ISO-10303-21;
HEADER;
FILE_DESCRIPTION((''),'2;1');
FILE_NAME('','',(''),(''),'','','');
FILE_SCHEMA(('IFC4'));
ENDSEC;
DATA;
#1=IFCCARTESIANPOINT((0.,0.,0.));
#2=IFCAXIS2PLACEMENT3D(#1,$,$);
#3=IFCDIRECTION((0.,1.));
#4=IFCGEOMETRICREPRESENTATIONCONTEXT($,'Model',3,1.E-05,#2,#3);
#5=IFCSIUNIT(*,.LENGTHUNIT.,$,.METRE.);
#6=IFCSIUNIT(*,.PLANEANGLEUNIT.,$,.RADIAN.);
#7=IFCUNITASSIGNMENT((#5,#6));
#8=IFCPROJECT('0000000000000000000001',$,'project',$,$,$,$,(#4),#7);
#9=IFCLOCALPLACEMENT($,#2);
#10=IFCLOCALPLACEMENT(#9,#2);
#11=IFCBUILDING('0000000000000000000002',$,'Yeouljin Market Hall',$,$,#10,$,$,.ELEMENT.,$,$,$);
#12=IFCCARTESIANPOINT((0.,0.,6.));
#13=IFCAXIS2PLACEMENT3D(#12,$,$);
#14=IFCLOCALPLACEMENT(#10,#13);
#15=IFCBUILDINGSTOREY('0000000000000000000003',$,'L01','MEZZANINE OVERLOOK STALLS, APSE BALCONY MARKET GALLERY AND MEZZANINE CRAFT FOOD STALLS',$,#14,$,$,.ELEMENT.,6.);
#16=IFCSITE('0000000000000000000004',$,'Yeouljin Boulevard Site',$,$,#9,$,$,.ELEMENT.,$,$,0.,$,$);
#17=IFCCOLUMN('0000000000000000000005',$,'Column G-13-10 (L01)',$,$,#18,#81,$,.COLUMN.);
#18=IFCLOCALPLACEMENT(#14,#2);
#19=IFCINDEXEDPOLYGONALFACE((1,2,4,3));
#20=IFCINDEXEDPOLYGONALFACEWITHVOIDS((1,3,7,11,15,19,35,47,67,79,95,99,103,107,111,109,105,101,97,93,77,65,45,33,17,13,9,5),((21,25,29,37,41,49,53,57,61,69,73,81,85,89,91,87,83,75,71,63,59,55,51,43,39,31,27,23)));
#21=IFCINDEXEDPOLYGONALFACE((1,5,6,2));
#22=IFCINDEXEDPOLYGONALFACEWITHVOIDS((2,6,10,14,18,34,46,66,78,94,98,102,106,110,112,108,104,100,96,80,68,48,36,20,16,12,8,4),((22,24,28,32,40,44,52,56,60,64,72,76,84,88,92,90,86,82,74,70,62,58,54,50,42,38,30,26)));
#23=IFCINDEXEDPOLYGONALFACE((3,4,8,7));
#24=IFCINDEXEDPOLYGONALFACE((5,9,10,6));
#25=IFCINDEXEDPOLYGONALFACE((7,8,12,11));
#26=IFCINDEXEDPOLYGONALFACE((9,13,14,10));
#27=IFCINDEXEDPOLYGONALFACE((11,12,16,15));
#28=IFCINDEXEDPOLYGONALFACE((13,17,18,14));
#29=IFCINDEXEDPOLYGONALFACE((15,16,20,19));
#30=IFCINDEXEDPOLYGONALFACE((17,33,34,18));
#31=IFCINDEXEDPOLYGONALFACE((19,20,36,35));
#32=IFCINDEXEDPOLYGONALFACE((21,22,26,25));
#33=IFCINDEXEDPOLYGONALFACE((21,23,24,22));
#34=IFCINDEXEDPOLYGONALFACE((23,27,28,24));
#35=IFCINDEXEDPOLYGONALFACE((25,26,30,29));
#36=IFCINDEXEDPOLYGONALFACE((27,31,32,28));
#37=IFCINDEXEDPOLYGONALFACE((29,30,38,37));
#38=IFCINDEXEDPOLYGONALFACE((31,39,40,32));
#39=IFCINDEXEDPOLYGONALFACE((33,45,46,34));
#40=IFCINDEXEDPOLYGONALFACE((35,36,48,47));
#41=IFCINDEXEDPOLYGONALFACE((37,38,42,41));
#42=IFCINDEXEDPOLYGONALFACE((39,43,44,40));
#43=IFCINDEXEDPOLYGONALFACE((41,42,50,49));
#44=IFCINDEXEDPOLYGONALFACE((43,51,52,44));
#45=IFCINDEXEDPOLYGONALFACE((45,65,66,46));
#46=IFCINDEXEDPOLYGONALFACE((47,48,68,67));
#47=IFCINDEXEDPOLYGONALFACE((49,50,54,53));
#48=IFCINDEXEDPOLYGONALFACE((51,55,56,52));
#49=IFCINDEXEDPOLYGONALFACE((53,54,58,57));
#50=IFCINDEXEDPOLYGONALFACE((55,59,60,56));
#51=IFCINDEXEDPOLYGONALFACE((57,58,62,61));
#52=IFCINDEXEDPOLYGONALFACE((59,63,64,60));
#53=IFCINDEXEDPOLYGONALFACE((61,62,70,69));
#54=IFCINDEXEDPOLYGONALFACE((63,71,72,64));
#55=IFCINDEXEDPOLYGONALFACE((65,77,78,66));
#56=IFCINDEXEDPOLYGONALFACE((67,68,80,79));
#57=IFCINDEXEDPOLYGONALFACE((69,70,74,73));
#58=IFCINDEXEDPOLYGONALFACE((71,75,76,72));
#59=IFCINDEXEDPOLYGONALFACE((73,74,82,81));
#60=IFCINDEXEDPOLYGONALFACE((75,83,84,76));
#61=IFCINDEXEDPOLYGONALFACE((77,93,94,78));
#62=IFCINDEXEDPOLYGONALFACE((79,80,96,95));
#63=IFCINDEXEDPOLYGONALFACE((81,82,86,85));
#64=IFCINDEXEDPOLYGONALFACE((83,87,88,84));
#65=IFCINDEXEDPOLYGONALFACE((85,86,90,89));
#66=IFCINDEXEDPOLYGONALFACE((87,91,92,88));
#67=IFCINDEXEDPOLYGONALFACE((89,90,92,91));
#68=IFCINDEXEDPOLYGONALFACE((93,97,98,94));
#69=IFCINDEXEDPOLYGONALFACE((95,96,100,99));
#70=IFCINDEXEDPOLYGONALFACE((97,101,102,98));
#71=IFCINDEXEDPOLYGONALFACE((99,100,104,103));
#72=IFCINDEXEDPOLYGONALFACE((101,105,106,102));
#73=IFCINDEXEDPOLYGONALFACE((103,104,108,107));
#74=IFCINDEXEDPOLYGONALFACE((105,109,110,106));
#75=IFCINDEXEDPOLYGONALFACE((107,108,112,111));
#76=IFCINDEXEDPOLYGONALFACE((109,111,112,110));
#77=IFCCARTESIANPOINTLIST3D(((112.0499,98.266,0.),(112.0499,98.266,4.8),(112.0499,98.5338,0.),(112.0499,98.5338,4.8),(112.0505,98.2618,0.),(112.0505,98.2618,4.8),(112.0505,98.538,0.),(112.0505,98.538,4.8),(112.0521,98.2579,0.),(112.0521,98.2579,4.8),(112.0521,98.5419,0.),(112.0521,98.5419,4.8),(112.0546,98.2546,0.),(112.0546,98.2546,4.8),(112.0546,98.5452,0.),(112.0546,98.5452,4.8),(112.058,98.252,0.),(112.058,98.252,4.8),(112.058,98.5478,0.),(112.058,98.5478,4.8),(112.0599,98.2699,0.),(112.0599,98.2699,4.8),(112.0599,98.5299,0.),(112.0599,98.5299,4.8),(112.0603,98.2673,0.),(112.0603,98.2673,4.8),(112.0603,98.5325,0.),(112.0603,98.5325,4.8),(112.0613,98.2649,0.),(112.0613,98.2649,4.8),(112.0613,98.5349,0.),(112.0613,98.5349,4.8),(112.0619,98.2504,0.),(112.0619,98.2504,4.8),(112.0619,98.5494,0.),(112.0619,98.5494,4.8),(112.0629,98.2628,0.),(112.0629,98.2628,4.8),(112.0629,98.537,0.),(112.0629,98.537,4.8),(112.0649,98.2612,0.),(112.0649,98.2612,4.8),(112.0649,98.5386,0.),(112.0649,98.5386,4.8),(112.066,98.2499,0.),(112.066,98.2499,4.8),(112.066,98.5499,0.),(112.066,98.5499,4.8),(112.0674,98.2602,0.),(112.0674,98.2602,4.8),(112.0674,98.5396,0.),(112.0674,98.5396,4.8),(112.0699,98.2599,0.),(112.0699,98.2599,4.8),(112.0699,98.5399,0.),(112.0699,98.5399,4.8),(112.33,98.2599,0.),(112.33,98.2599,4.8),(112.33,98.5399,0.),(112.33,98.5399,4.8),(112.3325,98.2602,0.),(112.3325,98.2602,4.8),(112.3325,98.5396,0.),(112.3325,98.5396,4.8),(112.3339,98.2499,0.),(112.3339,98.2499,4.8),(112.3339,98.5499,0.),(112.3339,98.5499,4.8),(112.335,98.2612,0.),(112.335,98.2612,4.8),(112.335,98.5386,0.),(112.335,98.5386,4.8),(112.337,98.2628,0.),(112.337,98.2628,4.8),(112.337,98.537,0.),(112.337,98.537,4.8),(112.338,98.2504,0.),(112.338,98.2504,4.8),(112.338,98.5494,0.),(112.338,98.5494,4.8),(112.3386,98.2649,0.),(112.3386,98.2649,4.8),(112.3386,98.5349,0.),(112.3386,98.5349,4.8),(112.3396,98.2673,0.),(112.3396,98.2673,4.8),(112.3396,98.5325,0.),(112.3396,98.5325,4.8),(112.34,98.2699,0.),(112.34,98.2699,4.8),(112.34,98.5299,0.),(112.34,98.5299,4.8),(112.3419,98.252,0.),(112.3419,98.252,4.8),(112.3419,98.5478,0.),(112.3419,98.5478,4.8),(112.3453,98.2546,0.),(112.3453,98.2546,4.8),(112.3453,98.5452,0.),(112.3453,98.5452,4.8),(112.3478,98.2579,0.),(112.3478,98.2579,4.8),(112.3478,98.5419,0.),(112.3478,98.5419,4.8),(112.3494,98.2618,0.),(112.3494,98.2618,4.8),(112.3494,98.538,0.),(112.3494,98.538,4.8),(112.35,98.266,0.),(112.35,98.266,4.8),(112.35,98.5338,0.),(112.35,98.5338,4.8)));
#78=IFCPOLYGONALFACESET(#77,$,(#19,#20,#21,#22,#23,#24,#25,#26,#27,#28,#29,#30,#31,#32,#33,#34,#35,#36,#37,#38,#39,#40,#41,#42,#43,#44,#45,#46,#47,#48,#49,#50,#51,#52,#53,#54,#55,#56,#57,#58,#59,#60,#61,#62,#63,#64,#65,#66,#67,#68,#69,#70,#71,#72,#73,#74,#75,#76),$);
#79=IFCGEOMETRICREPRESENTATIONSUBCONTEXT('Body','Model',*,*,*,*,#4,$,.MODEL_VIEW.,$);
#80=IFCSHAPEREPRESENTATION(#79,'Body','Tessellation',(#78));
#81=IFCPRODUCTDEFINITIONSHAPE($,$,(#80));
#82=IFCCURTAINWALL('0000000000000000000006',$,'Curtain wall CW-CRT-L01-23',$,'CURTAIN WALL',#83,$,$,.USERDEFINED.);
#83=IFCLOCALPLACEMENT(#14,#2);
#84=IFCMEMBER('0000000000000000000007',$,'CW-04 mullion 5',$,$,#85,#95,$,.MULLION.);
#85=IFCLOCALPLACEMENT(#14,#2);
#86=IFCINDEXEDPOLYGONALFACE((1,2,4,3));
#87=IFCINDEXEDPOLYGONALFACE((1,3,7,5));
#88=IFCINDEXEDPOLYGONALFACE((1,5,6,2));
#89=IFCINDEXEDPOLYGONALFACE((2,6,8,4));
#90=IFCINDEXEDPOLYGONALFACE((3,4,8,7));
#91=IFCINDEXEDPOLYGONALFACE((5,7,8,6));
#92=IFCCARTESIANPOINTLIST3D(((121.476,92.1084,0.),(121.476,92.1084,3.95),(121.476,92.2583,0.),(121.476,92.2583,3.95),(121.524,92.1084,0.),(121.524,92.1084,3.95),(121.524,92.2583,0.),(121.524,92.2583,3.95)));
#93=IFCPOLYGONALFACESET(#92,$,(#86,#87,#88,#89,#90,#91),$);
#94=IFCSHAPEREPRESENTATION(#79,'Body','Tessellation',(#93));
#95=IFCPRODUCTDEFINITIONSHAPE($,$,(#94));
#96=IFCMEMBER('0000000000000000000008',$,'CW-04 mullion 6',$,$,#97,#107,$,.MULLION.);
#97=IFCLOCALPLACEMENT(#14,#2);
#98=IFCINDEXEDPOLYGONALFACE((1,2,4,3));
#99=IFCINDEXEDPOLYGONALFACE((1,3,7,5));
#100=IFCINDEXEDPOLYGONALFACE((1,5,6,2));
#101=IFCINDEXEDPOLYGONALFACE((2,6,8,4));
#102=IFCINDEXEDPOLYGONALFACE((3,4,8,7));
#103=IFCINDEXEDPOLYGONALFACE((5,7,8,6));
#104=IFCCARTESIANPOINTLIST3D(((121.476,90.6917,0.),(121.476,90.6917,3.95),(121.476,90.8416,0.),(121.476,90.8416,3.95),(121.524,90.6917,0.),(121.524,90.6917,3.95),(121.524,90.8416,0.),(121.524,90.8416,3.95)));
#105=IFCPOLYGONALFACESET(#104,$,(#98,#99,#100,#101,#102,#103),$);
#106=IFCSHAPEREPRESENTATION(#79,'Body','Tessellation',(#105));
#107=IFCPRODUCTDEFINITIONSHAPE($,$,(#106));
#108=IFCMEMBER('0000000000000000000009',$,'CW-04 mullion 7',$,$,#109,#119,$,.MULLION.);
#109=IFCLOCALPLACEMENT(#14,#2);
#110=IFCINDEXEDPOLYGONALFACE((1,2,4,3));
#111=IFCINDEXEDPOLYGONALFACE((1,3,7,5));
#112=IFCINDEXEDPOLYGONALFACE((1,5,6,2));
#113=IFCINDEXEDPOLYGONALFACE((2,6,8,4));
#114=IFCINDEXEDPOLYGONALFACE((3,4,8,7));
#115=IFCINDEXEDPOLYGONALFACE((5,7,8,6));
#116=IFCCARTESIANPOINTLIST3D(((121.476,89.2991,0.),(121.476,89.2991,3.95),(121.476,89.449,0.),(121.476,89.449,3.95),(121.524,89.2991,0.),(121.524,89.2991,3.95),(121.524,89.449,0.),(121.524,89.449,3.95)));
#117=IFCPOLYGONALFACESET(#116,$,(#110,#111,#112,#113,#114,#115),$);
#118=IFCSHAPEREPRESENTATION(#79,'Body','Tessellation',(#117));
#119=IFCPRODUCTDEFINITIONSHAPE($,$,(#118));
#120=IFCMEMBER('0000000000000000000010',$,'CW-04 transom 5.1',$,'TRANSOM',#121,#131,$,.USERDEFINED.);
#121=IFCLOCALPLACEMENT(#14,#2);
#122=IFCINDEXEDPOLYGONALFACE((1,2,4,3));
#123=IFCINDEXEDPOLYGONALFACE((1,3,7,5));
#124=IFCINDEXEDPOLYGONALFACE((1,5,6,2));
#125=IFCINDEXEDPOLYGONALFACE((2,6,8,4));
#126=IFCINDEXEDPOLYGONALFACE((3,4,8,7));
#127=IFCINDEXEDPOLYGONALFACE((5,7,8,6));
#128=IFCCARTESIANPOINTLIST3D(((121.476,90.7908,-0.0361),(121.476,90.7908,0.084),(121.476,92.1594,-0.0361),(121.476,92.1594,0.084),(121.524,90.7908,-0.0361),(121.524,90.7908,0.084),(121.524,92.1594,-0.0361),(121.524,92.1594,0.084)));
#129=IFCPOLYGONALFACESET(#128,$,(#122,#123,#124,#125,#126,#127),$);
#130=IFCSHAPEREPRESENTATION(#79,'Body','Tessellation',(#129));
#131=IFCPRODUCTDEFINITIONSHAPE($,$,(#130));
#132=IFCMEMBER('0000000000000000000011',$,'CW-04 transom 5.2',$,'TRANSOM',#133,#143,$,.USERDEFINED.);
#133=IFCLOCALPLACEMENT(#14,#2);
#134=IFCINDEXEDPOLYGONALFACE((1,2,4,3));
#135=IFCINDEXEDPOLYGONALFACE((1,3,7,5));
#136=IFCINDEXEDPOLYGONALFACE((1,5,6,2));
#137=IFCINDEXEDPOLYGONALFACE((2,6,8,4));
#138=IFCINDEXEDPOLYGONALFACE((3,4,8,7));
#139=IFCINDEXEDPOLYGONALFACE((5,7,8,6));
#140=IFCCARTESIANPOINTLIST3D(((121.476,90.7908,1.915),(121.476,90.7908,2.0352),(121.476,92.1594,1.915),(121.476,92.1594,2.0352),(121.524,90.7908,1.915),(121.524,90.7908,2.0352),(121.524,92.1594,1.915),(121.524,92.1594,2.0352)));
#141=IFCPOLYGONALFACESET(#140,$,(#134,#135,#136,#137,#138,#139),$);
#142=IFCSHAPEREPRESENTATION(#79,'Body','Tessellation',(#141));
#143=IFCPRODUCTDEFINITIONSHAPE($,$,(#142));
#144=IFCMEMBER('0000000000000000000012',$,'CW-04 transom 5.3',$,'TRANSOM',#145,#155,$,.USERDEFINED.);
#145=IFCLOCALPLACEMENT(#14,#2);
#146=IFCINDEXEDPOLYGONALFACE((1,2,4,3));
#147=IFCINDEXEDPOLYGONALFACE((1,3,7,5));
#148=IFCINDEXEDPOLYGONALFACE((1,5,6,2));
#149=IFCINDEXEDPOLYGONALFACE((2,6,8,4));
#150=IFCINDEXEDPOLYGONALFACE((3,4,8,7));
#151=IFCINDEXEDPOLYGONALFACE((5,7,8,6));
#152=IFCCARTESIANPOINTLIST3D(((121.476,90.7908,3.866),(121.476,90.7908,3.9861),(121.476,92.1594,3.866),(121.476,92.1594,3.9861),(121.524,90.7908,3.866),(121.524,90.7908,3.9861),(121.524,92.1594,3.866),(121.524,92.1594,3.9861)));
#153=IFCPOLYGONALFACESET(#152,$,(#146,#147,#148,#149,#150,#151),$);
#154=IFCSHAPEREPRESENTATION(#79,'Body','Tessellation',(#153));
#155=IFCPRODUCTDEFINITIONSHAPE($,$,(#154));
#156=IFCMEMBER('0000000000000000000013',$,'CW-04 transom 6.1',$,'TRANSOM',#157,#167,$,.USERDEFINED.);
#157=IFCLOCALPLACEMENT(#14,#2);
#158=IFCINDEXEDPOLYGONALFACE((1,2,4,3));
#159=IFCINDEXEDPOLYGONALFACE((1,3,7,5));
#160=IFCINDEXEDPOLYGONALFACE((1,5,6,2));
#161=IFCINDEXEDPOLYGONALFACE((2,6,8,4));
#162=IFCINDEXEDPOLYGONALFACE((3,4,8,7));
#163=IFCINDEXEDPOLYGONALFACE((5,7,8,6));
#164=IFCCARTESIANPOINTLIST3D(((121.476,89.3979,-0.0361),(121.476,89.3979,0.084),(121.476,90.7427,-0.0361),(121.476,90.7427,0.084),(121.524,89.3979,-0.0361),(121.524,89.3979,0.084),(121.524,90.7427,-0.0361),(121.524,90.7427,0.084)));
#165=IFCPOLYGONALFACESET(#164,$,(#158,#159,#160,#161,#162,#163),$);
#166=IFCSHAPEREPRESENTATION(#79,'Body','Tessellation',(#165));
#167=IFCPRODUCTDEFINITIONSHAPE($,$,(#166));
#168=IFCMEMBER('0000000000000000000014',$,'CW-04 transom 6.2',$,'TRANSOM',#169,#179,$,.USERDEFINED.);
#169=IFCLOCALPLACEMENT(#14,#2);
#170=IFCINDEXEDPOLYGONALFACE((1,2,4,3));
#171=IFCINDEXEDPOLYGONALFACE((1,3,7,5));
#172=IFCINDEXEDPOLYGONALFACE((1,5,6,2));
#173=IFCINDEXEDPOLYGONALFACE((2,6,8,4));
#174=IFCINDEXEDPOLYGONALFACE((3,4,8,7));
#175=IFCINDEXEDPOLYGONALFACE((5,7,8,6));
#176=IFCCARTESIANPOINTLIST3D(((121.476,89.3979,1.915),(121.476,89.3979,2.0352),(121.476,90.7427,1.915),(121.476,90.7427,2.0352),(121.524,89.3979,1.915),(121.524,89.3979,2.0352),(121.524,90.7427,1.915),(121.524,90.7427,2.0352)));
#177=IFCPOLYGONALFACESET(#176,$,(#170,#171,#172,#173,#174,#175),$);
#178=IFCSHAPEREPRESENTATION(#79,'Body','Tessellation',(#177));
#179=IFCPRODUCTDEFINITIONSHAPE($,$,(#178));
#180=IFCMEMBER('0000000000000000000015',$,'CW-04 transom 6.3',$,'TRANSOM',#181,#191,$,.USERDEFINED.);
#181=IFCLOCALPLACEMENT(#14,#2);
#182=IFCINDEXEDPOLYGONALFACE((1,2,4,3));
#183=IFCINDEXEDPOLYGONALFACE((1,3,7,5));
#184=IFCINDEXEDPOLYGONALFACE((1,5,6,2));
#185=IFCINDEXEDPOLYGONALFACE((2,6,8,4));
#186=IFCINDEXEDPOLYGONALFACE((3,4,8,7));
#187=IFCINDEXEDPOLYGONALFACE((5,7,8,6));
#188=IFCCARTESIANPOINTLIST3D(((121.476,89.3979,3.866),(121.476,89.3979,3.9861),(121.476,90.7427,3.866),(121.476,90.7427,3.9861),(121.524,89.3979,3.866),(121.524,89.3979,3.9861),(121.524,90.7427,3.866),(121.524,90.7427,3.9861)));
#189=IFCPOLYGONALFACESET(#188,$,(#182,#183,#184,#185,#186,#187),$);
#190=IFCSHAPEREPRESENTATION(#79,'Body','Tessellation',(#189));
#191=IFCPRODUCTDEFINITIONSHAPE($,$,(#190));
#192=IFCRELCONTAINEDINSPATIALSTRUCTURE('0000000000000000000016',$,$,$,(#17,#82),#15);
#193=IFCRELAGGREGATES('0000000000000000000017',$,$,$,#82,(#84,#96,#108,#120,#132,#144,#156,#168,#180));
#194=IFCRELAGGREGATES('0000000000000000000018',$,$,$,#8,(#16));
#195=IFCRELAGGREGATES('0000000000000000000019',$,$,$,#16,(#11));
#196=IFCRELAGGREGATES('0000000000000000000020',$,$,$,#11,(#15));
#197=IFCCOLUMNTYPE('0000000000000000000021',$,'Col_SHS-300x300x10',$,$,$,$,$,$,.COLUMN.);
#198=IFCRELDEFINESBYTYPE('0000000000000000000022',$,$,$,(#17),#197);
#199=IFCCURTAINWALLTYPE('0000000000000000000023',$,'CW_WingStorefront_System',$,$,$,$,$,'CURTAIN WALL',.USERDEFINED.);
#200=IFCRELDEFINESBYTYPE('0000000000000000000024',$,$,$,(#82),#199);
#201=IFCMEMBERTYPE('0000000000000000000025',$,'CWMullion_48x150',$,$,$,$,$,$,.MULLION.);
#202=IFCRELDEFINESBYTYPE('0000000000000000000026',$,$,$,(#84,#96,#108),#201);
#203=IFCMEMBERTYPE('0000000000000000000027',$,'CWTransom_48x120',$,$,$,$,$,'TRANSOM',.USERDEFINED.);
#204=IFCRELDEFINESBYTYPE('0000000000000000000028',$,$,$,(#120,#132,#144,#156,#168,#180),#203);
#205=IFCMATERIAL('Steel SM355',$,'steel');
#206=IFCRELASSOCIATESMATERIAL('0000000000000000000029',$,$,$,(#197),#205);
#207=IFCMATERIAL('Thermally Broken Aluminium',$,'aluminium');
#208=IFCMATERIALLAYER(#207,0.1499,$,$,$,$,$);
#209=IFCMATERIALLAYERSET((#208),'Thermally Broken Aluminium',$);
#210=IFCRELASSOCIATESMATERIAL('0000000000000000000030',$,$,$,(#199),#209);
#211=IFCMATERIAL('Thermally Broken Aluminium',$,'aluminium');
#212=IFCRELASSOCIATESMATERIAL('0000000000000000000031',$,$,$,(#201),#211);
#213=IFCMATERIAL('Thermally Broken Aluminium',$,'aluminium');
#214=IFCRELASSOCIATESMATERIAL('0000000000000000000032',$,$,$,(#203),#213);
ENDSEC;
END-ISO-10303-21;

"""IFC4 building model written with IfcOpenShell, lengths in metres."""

from ifc_helpers import new_model, si_unit, direction, frame, origin, origin_2d, place, context, subcontext, project, spatial, rectangle, hollow_rectangle, extrude, material, layer, layer_set, material_profile, profile_set, type_object, element, aggregate, save


model = new_model("IFC4")

# Units and contexts
model_context = context("Model", 3, precision=1e-05, world=origin(), true_north=direction((0.0, 1.0)))
body_context = subcontext(model_context, "Body", "Model", "MODEL_VIEW")
ifc_project = project(units=[si_unit("LENGTHUNIT", "METRE"), si_unit("PLANEANGLEUNIT", "RADIAN")], contexts=[model_context])

# Site, building, storey
site_placement = place(None, origin())
site = spatial("IfcSite", under=ifc_project, at=site_placement, Name="Yeouljin Boulevard Site", CompositionType="ELEMENT", RefElevation=0.0)
building_placement = place(site_placement, origin())
building = spatial("IfcBuilding", under=site, at=building_placement, Name="Yeouljin Market Hall", CompositionType="ELEMENT")
storey_placement = place(building_placement, frame((0.0, 0.0, 6.0)))
storey = spatial("IfcBuildingStorey", under=building, at=storey_placement, Name="L01", Description="MEZZANINE OVERLOOK STALLS, APSE BALCONY MARKET GALLERY AND MEZZANINE CRAFT FOOD STALLS", CompositionType="ELEMENT", Elevation=6.0)

# Column
ifc_material_1 = material(Name="Steel SM355", Category="steel")
ifc_material_profile_1 = material_profile(ifc_material_1, hollow_rectangle(XDim=0.3, YDim=0.3, WallThickness=0.01, InnerFilletRadius=0.01, OuterFilletRadius=0.0161, at=origin_2d()), Name="SHS-300x300x10")
ifc_profile_set_1 = profile_set([ifc_material_profile_1], Name="Steel SM355")
column_type = type_object("IfcColumnType", Name="Col_SHS-300x300x10", PredefinedType="COLUMN", material=ifc_profile_set_1)
column_placement = place(storey_placement, frame((112.2, 98.3999, 0.0), z_axis=(0.0, 0.0, 1.0), x_axis=(1.0, 0.0, 0.0)))
element("IfcColumn", 1, at=column_placement, inside=storey, type_object=column_type, Name="Column G-13-10 (L01)", PredefinedType="COLUMN", context=body_context, shape_type="SweptSolid", body=[
    extrude(hollow_rectangle(XDim=0.3, YDim=0.3, WallThickness=0.01, InnerFilletRadius=0.01, OuterFilletRadius=0.0161, at=origin_2d()), origin(), (0.0, 0.0, 1.0), 4.8),
])

# Curtain wall, members
ifc_material_2 = material(Name="Thermally Broken Aluminium", Category="aluminium")
ifc_layer_1 = layer(ifc_material_2, 0.1499)
ifc_layer_set_1 = layer_set([ifc_layer_1], Name="Thermally Broken Aluminium")
curtain_wall_type = type_object("IfcCurtainWallType", Name="CW_WingStorefront_System", ElementType="CURTAIN WALL", PredefinedType="USERDEFINED", material=ifc_layer_set_1)
curtain_wall_placement = place(storey_placement, origin())
curtain_wall = element("IfcCurtainWall", 2, at=curtain_wall_placement, inside=storey, type_object=curtain_wall_type, Name="Curtain wall CW-CRT-L01-23", ObjectType="CURTAIN WALL", PredefinedType="USERDEFINED")
ifc_material_3 = material(Name="Thermally Broken Aluminium", Category="aluminium")
ifc_material_profile_2 = material_profile(ifc_material_3, rectangle(XDim=0.0481, YDim=0.1499, at=origin_2d()), Name="CW-MULL-48x150")
ifc_profile_set_2 = profile_set([ifc_material_profile_2], Name="Thermally Broken Aluminium")
member_type_1 = type_object("IfcMemberType", Name="CWMullion_48x150", PredefinedType="MULLION", material=ifc_profile_set_2)
member_1_placement = place(storey_placement, frame((121.5, 92.1833, 0.0), z_axis=(0.0, 0.0, 1.0), x_axis=(1.0, 0.0, 0.0)))
member_1 = element("IfcMember", 3, at=member_1_placement, type_object=member_type_1, Name="CW-04 mullion 5", PredefinedType="MULLION", context=body_context, shape_type="SweptSolid", body=[
    extrude(rectangle(XDim=0.0481, YDim=0.1499, at=origin_2d()), origin(), (0.0, 0.0, 1.0), 3.95),
])
member_2_placement = place(storey_placement, frame((121.5, 90.7666, 0.0), z_axis=(0.0, 0.0, 1.0), x_axis=(1.0, 0.0, 0.0)))
member_2 = element("IfcMember", 4, at=member_2_placement, type_object=member_type_1, Name="CW-04 mullion 6", PredefinedType="MULLION", context=body_context, shape_type="SweptSolid", body=[
    extrude(rectangle(XDim=0.0481, YDim=0.1499, at=origin_2d()), origin(), (0.0, 0.0, 1.0), 3.95),
])
member_3_placement = place(storey_placement, frame((121.5, 89.374, 0.0), z_axis=(0.0, 0.0, 1.0), x_axis=(1.0, 0.0, 0.0)))
member_3 = element("IfcMember", 5, at=member_3_placement, type_object=member_type_1, Name="CW-04 mullion 7", PredefinedType="MULLION", context=body_context, shape_type="SweptSolid", body=[
    extrude(rectangle(XDim=0.0481, YDim=0.1499, at=origin_2d()), origin(), (0.0, 0.0, 1.0), 3.95),
])
ifc_material_4 = material(Name="Thermally Broken Aluminium", Category="aluminium")
ifc_material_profile_3 = material_profile(ifc_material_4, rectangle(XDim=0.0481, YDim=0.1201, at=origin_2d()), Name="CW-TRAN-48x120")
ifc_profile_set_3 = profile_set([ifc_material_profile_3], Name="Thermally Broken Aluminium")
member_type_2 = type_object("IfcMemberType", Name="CWTransom_48x120", ElementType="TRANSOM", PredefinedType="USERDEFINED", material=ifc_profile_set_3)
member_4_placement = place(storey_placement, frame((121.5, 92.1594, 0.0239), z_axis=(0.0, -1.0, 0.0), x_axis=(1.0, 0.0, 0.0)))
member_4 = element("IfcMember", 6, at=member_4_placement, type_object=member_type_2, Name="CW-04 transom 5.1", ObjectType="TRANSOM", PredefinedType="USERDEFINED", context=body_context, shape_type="SweptSolid", body=[
    extrude(rectangle(XDim=0.0481, YDim=0.1201, at=origin_2d()), origin(), (0.0, 0.0, 1.0), 1.3687),
])
member_5_placement = place(storey_placement, frame((121.5, 92.1594, 1.9751), z_axis=(0.0, -1.0, 0.0), x_axis=(1.0, 0.0, 0.0)))
member_5 = element("IfcMember", 7, at=member_5_placement, type_object=member_type_2, Name="CW-04 transom 5.2", ObjectType="TRANSOM", PredefinedType="USERDEFINED", context=body_context, shape_type="SweptSolid", body=[
    extrude(rectangle(XDim=0.0481, YDim=0.1201, at=origin_2d()), origin(), (0.0, 0.0, 1.0), 1.3687),
])
member_6_placement = place(storey_placement, frame((121.5, 92.1594, 3.926), z_axis=(0.0, -1.0, 0.0), x_axis=(1.0, 0.0, 0.0)))
member_6 = element("IfcMember", 8, at=member_6_placement, type_object=member_type_2, Name="CW-04 transom 5.3", ObjectType="TRANSOM", PredefinedType="USERDEFINED", context=body_context, shape_type="SweptSolid", body=[
    extrude(rectangle(XDim=0.0481, YDim=0.1201, at=origin_2d()), origin(), (0.0, 0.0, 1.0), 1.3687),
])
member_7_placement = place(storey_placement, frame((121.5, 90.7427, 0.0239), z_axis=(0.0, -1.0, 0.0), x_axis=(1.0, 0.0, 0.0)))
member_7 = element("IfcMember", 9, at=member_7_placement, type_object=member_type_2, Name="CW-04 transom 6.1", ObjectType="TRANSOM", PredefinedType="USERDEFINED", context=body_context, shape_type="SweptSolid", body=[
    extrude(rectangle(XDim=0.0481, YDim=0.1201, at=origin_2d()), origin(), (0.0, 0.0, 1.0), 1.3447),
])
member_8_placement = place(storey_placement, frame((121.5, 90.7427, 1.9751), z_axis=(0.0, -1.0, 0.0), x_axis=(1.0, 0.0, 0.0)))
member_8 = element("IfcMember", 10, at=member_8_placement, type_object=member_type_2, Name="CW-04 transom 6.2", ObjectType="TRANSOM", PredefinedType="USERDEFINED", context=body_context, shape_type="SweptSolid", body=[
    extrude(rectangle(XDim=0.0481, YDim=0.1201, at=origin_2d()), origin(), (0.0, 0.0, 1.0), 1.3447),
])
member_9_placement = place(storey_placement, frame((121.5, 90.7427, 3.926), z_axis=(0.0, -1.0, 0.0), x_axis=(1.0, 0.0, 0.0)))
member_9 = element("IfcMember", 11, at=member_9_placement, type_object=member_type_2, Name="CW-04 transom 6.3", ObjectType="TRANSOM", PredefinedType="USERDEFINED", context=body_context, shape_type="SweptSolid", body=[
    extrude(rectangle(XDim=0.0481, YDim=0.1201, at=origin_2d()), origin(), (0.0, 0.0, 1.0), 1.3447),
])

aggregate(curtain_wall, [member_1, member_2, member_3, member_4, member_5, member_6, member_7, member_8, member_9])

save(model, "model.ifc")
